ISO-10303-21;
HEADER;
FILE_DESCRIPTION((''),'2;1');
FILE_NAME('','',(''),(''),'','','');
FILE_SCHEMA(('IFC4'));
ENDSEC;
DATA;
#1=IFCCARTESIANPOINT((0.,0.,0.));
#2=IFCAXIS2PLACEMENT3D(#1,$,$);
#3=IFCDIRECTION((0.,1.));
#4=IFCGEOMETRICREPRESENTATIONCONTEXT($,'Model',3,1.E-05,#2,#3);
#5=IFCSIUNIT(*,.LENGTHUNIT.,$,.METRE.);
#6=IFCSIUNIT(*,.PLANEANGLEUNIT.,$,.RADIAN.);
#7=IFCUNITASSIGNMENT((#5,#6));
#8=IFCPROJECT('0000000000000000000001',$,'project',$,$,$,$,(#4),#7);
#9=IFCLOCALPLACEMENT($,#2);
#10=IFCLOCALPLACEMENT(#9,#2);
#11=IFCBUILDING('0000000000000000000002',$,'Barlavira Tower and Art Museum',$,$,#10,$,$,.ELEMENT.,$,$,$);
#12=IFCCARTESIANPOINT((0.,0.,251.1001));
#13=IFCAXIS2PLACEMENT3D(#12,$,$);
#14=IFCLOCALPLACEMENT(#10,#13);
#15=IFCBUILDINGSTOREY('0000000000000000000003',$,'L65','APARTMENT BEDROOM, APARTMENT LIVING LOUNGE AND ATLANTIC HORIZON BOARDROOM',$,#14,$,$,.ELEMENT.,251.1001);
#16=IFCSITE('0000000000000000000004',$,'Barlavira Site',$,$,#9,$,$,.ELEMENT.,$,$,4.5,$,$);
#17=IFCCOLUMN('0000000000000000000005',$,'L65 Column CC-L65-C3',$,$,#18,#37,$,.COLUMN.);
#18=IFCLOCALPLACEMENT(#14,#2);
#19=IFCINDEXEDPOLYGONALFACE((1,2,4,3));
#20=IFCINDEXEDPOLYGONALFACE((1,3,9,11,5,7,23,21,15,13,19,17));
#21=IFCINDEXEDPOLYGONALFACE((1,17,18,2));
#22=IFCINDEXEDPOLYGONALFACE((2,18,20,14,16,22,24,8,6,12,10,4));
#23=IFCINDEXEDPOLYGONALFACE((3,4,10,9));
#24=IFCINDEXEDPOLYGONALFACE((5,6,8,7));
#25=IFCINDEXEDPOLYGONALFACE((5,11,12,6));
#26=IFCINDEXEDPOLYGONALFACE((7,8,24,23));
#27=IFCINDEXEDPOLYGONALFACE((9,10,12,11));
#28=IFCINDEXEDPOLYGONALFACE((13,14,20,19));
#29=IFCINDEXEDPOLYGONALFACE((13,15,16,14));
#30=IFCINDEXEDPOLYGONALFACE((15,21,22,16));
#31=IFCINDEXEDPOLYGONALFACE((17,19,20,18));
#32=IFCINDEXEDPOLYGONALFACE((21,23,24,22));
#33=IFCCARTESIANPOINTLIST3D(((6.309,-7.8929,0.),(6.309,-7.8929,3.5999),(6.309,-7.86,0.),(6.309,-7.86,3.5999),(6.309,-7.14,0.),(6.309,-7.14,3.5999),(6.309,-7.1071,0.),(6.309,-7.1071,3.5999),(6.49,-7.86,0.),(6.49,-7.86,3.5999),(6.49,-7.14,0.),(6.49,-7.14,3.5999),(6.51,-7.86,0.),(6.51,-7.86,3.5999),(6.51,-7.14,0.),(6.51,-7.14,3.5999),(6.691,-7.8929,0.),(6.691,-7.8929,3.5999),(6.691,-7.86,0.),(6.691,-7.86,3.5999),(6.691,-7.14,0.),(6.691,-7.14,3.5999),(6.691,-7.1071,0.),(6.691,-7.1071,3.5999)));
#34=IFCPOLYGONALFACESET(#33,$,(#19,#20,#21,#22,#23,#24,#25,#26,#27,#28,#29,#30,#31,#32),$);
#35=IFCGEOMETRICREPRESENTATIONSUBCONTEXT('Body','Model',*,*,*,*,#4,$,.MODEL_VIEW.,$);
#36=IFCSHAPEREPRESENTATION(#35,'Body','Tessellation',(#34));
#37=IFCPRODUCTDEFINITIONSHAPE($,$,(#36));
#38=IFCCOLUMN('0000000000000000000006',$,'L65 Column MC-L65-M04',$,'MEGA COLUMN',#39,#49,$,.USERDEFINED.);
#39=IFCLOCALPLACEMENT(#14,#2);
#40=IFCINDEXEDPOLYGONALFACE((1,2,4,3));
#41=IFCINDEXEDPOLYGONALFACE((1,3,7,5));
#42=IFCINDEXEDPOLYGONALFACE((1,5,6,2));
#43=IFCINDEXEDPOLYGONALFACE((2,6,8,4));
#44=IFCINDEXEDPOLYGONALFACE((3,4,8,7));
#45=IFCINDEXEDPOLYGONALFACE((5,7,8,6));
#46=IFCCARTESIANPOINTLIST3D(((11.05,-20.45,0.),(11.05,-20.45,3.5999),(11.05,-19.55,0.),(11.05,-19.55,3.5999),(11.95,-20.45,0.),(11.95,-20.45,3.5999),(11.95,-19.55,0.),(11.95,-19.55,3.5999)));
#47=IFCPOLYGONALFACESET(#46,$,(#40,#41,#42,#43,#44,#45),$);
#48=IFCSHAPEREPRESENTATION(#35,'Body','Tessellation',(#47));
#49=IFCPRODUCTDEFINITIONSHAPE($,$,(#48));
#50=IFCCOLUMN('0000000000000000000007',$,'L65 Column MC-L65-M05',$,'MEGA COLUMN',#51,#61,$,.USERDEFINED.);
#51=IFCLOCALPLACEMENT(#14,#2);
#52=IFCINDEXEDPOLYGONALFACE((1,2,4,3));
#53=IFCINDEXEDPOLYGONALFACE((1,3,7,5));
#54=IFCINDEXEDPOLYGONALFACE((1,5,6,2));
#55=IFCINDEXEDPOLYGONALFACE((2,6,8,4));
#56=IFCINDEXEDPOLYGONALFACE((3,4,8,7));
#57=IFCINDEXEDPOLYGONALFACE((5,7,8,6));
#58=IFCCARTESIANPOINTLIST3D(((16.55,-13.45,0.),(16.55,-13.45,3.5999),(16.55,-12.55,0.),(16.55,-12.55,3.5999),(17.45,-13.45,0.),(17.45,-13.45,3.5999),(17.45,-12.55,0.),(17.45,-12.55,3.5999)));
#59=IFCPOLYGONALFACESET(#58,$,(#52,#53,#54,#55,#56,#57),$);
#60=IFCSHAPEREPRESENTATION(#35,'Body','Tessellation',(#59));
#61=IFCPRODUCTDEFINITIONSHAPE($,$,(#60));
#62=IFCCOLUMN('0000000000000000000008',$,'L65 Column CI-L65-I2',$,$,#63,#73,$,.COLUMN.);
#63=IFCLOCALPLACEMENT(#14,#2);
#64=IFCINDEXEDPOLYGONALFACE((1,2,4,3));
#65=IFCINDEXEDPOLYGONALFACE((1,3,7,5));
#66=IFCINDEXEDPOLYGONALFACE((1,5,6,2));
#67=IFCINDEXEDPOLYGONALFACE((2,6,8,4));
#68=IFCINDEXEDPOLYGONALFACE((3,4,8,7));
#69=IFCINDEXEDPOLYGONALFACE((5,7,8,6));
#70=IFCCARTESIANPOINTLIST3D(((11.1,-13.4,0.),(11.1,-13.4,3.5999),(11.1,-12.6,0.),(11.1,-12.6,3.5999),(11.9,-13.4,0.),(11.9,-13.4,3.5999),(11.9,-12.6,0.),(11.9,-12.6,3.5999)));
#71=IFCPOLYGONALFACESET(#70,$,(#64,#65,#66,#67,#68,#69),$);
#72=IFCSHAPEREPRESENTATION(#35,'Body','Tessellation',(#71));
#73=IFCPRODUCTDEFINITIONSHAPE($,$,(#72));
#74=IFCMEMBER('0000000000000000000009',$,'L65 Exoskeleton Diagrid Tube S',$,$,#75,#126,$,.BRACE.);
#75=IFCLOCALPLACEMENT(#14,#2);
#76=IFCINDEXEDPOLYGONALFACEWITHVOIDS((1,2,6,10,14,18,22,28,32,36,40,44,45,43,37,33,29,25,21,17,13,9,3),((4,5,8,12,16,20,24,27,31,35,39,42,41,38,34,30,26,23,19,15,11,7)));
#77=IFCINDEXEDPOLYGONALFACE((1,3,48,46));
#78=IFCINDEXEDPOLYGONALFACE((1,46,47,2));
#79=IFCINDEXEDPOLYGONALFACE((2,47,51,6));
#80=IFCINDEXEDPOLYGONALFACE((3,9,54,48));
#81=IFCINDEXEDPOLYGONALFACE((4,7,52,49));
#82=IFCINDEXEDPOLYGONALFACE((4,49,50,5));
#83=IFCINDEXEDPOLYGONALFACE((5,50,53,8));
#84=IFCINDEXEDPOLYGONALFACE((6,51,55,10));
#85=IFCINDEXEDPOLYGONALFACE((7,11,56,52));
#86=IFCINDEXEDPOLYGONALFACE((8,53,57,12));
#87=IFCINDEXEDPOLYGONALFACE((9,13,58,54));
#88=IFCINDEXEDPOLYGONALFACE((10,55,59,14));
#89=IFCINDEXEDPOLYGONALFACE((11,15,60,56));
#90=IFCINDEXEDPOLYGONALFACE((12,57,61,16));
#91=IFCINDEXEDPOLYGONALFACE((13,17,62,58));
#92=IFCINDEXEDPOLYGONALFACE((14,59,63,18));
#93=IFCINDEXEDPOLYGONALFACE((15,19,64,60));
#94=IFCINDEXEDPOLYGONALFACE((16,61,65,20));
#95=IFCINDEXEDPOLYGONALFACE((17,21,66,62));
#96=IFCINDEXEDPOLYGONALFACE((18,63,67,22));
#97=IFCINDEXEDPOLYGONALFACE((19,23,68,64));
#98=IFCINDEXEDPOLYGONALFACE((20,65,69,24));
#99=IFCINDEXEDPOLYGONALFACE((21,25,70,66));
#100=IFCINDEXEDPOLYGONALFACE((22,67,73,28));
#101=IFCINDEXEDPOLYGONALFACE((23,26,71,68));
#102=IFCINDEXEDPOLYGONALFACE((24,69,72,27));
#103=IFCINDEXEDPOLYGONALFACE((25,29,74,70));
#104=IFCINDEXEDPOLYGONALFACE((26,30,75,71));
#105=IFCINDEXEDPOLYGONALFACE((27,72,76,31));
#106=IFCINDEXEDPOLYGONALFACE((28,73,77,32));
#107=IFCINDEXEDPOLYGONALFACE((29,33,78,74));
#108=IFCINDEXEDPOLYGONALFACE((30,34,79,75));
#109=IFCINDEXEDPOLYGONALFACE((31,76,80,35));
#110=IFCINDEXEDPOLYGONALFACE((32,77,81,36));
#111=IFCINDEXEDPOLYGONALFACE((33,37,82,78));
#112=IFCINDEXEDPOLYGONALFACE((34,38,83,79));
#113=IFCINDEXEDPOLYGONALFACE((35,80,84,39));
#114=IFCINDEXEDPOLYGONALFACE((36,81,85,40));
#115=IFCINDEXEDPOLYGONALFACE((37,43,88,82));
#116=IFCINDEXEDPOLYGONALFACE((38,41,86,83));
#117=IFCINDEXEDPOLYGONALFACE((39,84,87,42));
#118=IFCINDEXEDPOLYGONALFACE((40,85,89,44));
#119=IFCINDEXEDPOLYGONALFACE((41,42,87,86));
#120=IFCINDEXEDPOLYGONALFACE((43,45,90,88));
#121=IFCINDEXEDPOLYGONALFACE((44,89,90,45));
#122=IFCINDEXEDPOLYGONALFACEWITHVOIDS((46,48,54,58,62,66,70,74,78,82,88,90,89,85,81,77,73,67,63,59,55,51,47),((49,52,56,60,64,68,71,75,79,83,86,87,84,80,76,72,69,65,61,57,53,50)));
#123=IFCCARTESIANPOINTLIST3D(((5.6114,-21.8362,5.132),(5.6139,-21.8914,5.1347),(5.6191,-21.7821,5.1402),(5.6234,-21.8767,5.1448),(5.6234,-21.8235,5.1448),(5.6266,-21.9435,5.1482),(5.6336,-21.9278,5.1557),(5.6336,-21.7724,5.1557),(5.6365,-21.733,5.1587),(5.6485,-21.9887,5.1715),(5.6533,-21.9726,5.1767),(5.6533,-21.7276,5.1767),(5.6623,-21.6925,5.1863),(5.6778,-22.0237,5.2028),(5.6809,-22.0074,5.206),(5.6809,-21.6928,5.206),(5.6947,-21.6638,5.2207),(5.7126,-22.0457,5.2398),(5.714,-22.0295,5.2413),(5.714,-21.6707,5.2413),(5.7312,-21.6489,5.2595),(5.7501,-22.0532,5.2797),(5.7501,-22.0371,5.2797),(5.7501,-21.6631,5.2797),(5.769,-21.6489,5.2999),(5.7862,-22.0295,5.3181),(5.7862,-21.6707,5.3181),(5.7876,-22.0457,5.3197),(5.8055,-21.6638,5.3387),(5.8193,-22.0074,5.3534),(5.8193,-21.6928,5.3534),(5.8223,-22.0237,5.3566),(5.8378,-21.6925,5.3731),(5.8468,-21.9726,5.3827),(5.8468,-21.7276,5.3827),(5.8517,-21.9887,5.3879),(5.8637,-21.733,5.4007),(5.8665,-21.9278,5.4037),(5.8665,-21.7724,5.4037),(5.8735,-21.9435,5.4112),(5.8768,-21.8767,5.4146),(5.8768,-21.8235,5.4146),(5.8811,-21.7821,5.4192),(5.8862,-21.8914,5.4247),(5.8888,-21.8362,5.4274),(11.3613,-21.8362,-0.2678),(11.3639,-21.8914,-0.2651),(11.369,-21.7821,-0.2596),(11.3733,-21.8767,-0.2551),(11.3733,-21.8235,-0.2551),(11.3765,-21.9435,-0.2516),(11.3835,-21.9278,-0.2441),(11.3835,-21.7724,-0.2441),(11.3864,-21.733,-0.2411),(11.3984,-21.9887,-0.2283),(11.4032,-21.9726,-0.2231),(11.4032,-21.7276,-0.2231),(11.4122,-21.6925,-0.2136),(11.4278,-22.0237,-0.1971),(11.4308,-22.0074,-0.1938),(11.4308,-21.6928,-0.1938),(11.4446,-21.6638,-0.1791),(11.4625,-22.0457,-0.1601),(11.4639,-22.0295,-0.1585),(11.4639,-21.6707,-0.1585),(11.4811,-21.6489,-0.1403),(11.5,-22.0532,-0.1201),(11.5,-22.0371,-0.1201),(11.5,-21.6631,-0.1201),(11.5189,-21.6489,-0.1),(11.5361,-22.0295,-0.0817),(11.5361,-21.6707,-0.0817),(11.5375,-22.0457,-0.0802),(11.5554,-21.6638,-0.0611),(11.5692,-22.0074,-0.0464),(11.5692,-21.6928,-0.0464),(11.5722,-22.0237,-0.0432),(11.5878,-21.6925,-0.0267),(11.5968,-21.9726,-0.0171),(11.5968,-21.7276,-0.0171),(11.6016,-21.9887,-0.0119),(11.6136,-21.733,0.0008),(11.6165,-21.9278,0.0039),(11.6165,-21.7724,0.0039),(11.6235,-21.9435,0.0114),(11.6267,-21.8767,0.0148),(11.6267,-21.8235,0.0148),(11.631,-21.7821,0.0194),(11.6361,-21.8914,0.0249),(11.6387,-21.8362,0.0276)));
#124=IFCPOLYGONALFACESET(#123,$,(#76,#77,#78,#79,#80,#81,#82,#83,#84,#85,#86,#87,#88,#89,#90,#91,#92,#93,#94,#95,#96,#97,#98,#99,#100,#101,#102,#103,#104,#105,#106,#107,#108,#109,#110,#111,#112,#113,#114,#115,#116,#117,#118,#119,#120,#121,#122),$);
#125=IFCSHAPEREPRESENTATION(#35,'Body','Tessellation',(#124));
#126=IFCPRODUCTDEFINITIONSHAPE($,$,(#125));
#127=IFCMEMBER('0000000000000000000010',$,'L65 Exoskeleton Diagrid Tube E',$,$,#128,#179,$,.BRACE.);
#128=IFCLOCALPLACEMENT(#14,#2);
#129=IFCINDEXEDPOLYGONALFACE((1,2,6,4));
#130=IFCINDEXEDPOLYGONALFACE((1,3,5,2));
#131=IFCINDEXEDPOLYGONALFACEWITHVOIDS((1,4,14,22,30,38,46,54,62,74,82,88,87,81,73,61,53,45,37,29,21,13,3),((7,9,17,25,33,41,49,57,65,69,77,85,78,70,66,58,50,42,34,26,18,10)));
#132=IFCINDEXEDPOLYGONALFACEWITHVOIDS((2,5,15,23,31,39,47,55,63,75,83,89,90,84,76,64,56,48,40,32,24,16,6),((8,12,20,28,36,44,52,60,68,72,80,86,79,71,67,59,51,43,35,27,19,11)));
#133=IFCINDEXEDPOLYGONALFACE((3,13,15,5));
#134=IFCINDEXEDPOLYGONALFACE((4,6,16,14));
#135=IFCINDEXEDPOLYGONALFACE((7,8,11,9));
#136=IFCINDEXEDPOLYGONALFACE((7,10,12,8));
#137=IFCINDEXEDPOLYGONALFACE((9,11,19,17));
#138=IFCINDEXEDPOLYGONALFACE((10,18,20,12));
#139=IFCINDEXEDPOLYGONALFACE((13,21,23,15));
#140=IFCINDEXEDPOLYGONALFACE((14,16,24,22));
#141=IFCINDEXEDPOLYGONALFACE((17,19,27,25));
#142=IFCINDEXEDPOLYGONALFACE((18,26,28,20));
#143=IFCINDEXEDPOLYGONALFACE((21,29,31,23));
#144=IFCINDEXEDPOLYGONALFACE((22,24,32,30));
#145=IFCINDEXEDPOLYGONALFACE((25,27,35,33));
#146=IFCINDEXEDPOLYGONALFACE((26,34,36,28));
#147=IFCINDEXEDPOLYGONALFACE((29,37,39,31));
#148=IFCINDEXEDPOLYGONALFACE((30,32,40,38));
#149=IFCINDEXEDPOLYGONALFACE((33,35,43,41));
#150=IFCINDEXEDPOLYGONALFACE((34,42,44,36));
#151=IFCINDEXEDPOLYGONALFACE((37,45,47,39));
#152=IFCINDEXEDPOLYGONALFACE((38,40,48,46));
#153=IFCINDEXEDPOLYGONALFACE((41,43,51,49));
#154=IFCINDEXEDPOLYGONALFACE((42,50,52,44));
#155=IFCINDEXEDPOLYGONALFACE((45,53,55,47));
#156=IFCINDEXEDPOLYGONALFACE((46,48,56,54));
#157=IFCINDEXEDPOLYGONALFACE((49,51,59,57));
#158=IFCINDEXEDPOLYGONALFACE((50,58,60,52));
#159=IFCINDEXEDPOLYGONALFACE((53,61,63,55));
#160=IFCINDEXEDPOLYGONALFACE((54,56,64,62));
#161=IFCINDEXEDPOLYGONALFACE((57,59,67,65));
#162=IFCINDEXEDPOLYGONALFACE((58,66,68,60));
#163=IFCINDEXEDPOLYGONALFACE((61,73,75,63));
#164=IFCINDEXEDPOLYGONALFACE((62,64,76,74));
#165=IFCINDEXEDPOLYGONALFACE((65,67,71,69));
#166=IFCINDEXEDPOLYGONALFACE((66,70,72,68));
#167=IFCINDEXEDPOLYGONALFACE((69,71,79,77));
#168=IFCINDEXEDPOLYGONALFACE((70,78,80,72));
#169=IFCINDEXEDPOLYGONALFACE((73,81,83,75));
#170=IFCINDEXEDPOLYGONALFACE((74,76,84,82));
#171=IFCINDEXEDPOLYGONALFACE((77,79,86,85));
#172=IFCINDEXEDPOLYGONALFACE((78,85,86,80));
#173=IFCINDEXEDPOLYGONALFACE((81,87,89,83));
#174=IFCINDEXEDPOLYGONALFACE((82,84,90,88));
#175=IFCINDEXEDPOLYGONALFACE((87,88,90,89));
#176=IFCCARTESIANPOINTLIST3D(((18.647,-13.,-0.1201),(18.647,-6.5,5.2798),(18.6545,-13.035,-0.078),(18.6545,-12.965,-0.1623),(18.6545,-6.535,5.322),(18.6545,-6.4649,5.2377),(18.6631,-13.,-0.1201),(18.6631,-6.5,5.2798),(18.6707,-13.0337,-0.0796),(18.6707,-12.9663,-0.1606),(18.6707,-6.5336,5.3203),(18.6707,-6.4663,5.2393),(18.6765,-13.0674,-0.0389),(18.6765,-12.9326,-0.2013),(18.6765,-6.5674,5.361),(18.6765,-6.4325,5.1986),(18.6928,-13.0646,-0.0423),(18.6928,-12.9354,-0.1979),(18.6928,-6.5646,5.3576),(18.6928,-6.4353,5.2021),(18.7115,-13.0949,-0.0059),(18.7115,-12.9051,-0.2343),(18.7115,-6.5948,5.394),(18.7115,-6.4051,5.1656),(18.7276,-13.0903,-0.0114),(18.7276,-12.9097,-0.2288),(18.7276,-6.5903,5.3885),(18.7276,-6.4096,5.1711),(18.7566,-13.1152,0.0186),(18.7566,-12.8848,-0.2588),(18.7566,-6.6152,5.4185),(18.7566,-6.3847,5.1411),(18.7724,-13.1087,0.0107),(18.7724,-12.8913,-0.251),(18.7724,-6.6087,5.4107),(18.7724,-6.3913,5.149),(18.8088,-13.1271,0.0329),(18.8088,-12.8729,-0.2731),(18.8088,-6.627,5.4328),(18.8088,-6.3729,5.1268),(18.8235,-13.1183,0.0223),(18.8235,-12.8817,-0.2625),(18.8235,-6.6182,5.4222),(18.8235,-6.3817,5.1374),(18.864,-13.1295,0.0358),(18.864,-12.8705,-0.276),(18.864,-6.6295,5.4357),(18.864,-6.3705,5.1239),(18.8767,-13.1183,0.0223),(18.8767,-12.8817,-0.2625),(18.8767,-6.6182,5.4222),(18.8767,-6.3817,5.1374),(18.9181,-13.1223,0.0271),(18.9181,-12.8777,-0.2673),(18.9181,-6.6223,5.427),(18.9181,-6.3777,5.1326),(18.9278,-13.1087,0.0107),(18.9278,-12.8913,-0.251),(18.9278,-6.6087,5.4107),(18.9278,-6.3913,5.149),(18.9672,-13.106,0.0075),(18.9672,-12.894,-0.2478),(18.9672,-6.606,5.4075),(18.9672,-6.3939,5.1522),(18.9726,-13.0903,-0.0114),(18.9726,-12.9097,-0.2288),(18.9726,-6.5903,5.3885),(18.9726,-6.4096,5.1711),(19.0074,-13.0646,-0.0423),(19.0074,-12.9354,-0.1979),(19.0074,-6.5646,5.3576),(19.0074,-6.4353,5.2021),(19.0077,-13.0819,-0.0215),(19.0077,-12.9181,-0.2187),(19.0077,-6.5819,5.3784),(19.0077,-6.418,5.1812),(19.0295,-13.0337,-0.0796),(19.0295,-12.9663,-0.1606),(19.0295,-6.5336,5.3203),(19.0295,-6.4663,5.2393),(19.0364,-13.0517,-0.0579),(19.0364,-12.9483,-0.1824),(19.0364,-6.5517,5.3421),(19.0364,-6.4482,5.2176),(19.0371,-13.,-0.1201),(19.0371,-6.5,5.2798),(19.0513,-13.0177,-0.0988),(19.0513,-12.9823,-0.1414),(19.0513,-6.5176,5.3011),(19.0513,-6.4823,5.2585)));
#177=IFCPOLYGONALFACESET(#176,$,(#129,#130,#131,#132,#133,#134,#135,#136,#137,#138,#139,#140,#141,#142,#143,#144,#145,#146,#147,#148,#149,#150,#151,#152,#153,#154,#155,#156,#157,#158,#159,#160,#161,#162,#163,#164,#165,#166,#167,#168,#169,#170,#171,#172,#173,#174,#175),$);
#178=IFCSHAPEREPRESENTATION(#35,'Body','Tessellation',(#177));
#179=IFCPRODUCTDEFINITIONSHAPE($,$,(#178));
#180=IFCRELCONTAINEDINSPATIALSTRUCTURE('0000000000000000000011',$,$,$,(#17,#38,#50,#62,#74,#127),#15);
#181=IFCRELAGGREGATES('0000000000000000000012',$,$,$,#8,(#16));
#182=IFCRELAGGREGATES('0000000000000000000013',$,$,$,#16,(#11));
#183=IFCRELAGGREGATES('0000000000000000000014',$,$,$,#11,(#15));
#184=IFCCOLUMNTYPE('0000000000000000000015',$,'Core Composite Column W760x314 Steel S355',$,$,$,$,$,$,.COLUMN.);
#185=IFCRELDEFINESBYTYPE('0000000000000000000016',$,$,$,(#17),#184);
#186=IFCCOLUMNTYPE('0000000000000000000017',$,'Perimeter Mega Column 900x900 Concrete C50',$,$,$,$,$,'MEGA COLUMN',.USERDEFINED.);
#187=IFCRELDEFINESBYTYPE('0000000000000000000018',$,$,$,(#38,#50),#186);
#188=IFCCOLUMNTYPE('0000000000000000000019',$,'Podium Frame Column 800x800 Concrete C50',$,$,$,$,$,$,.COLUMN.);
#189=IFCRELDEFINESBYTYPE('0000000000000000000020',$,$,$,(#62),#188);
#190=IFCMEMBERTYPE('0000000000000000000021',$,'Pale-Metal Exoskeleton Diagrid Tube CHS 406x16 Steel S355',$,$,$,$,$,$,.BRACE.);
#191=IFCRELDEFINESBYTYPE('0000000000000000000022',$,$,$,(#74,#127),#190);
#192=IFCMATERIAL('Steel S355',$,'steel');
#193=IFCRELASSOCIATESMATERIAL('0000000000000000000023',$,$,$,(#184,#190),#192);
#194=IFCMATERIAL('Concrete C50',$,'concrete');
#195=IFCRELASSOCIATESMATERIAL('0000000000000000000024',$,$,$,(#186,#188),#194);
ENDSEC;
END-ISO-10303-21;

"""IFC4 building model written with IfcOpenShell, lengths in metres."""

from ifc_helpers import new_model, si_unit, direction, frame, origin, origin_2d, place, context, subcontext, project, spatial, rectangle, hollow_circle, i_section, extrude, material, material_profile, profile_set, type_object, element, save


model = new_model("IFC4")

# Units and contexts
model_context = context("Model", 3, precision=1e-05, world=origin(), true_north=direction((0.0, 1.0)))
body_context = subcontext(model_context, "Body", "Model", "MODEL_VIEW")
ifc_project = project(units=[si_unit("LENGTHUNIT", "METRE"), si_unit("PLANEANGLEUNIT", "RADIAN")], contexts=[model_context])

# Site, building, storey
site_placement = place(None, origin())
site = spatial("IfcSite", under=ifc_project, at=site_placement, Name="Barlavira Site", CompositionType="ELEMENT", RefElevation=4.5)
building_placement = place(site_placement, origin())
building = spatial("IfcBuilding", under=site, at=building_placement, Name="Barlavira Tower and Art Museum", CompositionType="ELEMENT")
storey_placement = place(building_placement, frame((0.0, 0.0, 251.1001)))
storey = spatial("IfcBuildingStorey", under=building, at=storey_placement, Name="L65", Description="APARTMENT BEDROOM, APARTMENT LIVING LOUNGE AND ATLANTIC HORIZON BOARDROOM", CompositionType="ELEMENT", Elevation=251.1001)

# Columns
ifc_material_1 = material(Name="Steel S355", Category="steel")
ifc_material_profile_1 = material_profile(ifc_material_1, i_section(OverallWidth=0.3821, OverallDepth=0.7859, WebThickness=0.02, FlangeThickness=0.033, at=origin_2d()), Name="W760x314.0")
ifc_profile_set_1 = profile_set([ifc_material_profile_1], Name="Steel S355")
column_type_1 = type_object("IfcColumnType", Name="Core Composite Column W760x314 Steel S355", PredefinedType="COLUMN", material=ifc_profile_set_1)
column_1_placement = place(storey_placement, frame((6.5, -7.5, 0.0), z_axis=(0.0, 0.0, 1.0), x_axis=(1.0, 0.0, 0.0)))
element("IfcColumn", 1, at=column_1_placement, inside=storey, type_object=column_type_1, Name="L65 Column CC-L65-C3", PredefinedType="COLUMN", context=body_context, shape_type="SweptSolid", body=[
    extrude(i_section(OverallWidth=0.3821, OverallDepth=0.7859, WebThickness=0.02, FlangeThickness=0.033, at=origin_2d()), origin(), (0.0, 0.0, 1.0), 3.5999),
])
ifc_material_2 = material(Name="Concrete C50", Category="concrete")
ifc_material_profile_2 = material_profile(ifc_material_2, rectangle(XDim=0.8999, YDim=0.8999, at=origin_2d()), Name="RC-COL 900x900")
ifc_profile_set_2 = profile_set([ifc_material_profile_2], Name="Concrete C50")
column_type_2 = type_object("IfcColumnType", Name="Perimeter Mega Column 900x900 Concrete C50", ElementType="MEGA COLUMN", PredefinedType="USERDEFINED", material=ifc_profile_set_2)
for number, where, z_axis, x_axis, name in (
    (2, (11.5, -20.0, 0.0), (0.0, 0.0, 1.0), (1.0, 0.0, 0.0), "L65 Column MC-L65-M04"),
    (3, (17.0, -13.0, 0.0), (0.0, 0.0, 1.0), (1.0, 0.0, 0.0), "L65 Column MC-L65-M05"),
):
    element("IfcColumn", number, at=place(storey_placement, frame(where, z_axis=z_axis, x_axis=x_axis)), inside=storey, type_object=column_type_2, Name=name, ObjectType="MEGA COLUMN", PredefinedType="USERDEFINED", context=body_context, shape_type="SweptSolid", body=[
        extrude(rectangle(XDim=0.8999, YDim=0.8999, at=origin_2d()), origin(), (0.0, 0.0, 1.0), 3.5999),
    ])
ifc_material_profile_3 = material_profile(ifc_material_2, rectangle(XDim=0.8, YDim=0.8, at=origin_2d()), Name="RC-COL 800x800")
ifc_profile_set_3 = profile_set([ifc_material_profile_3], Name="Concrete C50")
column_type_3 = type_object("IfcColumnType", Name="Podium Frame Column 800x800 Concrete C50", PredefinedType="COLUMN", material=ifc_profile_set_3)
column_2_placement = place(storey_placement, frame((11.5, -13.0, 0.0), z_axis=(0.0, 0.0, 1.0), x_axis=(1.0, 0.0, 0.0)))
element("IfcColumn", 4, at=column_2_placement, inside=storey, type_object=column_type_3, Name="L65 Column CI-L65-I2", PredefinedType="COLUMN", context=body_context, shape_type="SweptSolid", body=[
    extrude(rectangle(XDim=0.8, YDim=0.8, at=origin_2d()), origin(), (0.0, 0.0, 1.0), 3.5999),
])

# Members
ifc_material_profile_4 = material_profile(ifc_material_1, hollow_circle(Radius=0.2031, WallThickness=0.0161, at=origin_2d()), Name="CHS 406.4x16.0")
ifc_profile_set_4 = profile_set([ifc_material_profile_4], Name="Steel S355")
member_type_1 = type_object("IfcMemberType", Name="Pale-Metal Exoskeleton Diagrid Tube CHS 406x16 Steel S355", PredefinedType="BRACE", material=ifc_profile_set_4)
member_1_placement = place(storey_placement, frame((11.5, -21.8501, -0.1201), z_axis=(-0.72895, 0.0, 0.684567), x_axis=(0.0, -1.0, 0.0)))
element("IfcMember", 5, at=member_1_placement, inside=storey, type_object=member_type_1, Name="L65 Exoskeleton Diagrid Tube S", PredefinedType="BRACE", context=body_context, shape_type="SweptSolid", body=[
    extrude(hollow_circle(Radius=0.2031, WallThickness=0.0161, at=origin_2d()), origin(), (0.0, 0.0, 1.0), 7.8879),
])
member_2_placement = place(storey_placement, frame((18.8501, -13.0, -0.1201), z_axis=(0.0, 0.769196, 0.639013), x_axis=(-1.0, 0.0, 0.0)))
element("IfcMember", 6, at=member_2_placement, inside=storey, type_object=member_type_1, Name="L65 Exoskeleton Diagrid Tube E", PredefinedType="BRACE", context=body_context, shape_type="SweptSolid", body=[
    extrude(hollow_circle(Radius=0.2031, WallThickness=0.0161, at=origin_2d()), origin(), (0.0, 0.0, 1.0), 8.4504),
])

save(model, "model.ifc")
